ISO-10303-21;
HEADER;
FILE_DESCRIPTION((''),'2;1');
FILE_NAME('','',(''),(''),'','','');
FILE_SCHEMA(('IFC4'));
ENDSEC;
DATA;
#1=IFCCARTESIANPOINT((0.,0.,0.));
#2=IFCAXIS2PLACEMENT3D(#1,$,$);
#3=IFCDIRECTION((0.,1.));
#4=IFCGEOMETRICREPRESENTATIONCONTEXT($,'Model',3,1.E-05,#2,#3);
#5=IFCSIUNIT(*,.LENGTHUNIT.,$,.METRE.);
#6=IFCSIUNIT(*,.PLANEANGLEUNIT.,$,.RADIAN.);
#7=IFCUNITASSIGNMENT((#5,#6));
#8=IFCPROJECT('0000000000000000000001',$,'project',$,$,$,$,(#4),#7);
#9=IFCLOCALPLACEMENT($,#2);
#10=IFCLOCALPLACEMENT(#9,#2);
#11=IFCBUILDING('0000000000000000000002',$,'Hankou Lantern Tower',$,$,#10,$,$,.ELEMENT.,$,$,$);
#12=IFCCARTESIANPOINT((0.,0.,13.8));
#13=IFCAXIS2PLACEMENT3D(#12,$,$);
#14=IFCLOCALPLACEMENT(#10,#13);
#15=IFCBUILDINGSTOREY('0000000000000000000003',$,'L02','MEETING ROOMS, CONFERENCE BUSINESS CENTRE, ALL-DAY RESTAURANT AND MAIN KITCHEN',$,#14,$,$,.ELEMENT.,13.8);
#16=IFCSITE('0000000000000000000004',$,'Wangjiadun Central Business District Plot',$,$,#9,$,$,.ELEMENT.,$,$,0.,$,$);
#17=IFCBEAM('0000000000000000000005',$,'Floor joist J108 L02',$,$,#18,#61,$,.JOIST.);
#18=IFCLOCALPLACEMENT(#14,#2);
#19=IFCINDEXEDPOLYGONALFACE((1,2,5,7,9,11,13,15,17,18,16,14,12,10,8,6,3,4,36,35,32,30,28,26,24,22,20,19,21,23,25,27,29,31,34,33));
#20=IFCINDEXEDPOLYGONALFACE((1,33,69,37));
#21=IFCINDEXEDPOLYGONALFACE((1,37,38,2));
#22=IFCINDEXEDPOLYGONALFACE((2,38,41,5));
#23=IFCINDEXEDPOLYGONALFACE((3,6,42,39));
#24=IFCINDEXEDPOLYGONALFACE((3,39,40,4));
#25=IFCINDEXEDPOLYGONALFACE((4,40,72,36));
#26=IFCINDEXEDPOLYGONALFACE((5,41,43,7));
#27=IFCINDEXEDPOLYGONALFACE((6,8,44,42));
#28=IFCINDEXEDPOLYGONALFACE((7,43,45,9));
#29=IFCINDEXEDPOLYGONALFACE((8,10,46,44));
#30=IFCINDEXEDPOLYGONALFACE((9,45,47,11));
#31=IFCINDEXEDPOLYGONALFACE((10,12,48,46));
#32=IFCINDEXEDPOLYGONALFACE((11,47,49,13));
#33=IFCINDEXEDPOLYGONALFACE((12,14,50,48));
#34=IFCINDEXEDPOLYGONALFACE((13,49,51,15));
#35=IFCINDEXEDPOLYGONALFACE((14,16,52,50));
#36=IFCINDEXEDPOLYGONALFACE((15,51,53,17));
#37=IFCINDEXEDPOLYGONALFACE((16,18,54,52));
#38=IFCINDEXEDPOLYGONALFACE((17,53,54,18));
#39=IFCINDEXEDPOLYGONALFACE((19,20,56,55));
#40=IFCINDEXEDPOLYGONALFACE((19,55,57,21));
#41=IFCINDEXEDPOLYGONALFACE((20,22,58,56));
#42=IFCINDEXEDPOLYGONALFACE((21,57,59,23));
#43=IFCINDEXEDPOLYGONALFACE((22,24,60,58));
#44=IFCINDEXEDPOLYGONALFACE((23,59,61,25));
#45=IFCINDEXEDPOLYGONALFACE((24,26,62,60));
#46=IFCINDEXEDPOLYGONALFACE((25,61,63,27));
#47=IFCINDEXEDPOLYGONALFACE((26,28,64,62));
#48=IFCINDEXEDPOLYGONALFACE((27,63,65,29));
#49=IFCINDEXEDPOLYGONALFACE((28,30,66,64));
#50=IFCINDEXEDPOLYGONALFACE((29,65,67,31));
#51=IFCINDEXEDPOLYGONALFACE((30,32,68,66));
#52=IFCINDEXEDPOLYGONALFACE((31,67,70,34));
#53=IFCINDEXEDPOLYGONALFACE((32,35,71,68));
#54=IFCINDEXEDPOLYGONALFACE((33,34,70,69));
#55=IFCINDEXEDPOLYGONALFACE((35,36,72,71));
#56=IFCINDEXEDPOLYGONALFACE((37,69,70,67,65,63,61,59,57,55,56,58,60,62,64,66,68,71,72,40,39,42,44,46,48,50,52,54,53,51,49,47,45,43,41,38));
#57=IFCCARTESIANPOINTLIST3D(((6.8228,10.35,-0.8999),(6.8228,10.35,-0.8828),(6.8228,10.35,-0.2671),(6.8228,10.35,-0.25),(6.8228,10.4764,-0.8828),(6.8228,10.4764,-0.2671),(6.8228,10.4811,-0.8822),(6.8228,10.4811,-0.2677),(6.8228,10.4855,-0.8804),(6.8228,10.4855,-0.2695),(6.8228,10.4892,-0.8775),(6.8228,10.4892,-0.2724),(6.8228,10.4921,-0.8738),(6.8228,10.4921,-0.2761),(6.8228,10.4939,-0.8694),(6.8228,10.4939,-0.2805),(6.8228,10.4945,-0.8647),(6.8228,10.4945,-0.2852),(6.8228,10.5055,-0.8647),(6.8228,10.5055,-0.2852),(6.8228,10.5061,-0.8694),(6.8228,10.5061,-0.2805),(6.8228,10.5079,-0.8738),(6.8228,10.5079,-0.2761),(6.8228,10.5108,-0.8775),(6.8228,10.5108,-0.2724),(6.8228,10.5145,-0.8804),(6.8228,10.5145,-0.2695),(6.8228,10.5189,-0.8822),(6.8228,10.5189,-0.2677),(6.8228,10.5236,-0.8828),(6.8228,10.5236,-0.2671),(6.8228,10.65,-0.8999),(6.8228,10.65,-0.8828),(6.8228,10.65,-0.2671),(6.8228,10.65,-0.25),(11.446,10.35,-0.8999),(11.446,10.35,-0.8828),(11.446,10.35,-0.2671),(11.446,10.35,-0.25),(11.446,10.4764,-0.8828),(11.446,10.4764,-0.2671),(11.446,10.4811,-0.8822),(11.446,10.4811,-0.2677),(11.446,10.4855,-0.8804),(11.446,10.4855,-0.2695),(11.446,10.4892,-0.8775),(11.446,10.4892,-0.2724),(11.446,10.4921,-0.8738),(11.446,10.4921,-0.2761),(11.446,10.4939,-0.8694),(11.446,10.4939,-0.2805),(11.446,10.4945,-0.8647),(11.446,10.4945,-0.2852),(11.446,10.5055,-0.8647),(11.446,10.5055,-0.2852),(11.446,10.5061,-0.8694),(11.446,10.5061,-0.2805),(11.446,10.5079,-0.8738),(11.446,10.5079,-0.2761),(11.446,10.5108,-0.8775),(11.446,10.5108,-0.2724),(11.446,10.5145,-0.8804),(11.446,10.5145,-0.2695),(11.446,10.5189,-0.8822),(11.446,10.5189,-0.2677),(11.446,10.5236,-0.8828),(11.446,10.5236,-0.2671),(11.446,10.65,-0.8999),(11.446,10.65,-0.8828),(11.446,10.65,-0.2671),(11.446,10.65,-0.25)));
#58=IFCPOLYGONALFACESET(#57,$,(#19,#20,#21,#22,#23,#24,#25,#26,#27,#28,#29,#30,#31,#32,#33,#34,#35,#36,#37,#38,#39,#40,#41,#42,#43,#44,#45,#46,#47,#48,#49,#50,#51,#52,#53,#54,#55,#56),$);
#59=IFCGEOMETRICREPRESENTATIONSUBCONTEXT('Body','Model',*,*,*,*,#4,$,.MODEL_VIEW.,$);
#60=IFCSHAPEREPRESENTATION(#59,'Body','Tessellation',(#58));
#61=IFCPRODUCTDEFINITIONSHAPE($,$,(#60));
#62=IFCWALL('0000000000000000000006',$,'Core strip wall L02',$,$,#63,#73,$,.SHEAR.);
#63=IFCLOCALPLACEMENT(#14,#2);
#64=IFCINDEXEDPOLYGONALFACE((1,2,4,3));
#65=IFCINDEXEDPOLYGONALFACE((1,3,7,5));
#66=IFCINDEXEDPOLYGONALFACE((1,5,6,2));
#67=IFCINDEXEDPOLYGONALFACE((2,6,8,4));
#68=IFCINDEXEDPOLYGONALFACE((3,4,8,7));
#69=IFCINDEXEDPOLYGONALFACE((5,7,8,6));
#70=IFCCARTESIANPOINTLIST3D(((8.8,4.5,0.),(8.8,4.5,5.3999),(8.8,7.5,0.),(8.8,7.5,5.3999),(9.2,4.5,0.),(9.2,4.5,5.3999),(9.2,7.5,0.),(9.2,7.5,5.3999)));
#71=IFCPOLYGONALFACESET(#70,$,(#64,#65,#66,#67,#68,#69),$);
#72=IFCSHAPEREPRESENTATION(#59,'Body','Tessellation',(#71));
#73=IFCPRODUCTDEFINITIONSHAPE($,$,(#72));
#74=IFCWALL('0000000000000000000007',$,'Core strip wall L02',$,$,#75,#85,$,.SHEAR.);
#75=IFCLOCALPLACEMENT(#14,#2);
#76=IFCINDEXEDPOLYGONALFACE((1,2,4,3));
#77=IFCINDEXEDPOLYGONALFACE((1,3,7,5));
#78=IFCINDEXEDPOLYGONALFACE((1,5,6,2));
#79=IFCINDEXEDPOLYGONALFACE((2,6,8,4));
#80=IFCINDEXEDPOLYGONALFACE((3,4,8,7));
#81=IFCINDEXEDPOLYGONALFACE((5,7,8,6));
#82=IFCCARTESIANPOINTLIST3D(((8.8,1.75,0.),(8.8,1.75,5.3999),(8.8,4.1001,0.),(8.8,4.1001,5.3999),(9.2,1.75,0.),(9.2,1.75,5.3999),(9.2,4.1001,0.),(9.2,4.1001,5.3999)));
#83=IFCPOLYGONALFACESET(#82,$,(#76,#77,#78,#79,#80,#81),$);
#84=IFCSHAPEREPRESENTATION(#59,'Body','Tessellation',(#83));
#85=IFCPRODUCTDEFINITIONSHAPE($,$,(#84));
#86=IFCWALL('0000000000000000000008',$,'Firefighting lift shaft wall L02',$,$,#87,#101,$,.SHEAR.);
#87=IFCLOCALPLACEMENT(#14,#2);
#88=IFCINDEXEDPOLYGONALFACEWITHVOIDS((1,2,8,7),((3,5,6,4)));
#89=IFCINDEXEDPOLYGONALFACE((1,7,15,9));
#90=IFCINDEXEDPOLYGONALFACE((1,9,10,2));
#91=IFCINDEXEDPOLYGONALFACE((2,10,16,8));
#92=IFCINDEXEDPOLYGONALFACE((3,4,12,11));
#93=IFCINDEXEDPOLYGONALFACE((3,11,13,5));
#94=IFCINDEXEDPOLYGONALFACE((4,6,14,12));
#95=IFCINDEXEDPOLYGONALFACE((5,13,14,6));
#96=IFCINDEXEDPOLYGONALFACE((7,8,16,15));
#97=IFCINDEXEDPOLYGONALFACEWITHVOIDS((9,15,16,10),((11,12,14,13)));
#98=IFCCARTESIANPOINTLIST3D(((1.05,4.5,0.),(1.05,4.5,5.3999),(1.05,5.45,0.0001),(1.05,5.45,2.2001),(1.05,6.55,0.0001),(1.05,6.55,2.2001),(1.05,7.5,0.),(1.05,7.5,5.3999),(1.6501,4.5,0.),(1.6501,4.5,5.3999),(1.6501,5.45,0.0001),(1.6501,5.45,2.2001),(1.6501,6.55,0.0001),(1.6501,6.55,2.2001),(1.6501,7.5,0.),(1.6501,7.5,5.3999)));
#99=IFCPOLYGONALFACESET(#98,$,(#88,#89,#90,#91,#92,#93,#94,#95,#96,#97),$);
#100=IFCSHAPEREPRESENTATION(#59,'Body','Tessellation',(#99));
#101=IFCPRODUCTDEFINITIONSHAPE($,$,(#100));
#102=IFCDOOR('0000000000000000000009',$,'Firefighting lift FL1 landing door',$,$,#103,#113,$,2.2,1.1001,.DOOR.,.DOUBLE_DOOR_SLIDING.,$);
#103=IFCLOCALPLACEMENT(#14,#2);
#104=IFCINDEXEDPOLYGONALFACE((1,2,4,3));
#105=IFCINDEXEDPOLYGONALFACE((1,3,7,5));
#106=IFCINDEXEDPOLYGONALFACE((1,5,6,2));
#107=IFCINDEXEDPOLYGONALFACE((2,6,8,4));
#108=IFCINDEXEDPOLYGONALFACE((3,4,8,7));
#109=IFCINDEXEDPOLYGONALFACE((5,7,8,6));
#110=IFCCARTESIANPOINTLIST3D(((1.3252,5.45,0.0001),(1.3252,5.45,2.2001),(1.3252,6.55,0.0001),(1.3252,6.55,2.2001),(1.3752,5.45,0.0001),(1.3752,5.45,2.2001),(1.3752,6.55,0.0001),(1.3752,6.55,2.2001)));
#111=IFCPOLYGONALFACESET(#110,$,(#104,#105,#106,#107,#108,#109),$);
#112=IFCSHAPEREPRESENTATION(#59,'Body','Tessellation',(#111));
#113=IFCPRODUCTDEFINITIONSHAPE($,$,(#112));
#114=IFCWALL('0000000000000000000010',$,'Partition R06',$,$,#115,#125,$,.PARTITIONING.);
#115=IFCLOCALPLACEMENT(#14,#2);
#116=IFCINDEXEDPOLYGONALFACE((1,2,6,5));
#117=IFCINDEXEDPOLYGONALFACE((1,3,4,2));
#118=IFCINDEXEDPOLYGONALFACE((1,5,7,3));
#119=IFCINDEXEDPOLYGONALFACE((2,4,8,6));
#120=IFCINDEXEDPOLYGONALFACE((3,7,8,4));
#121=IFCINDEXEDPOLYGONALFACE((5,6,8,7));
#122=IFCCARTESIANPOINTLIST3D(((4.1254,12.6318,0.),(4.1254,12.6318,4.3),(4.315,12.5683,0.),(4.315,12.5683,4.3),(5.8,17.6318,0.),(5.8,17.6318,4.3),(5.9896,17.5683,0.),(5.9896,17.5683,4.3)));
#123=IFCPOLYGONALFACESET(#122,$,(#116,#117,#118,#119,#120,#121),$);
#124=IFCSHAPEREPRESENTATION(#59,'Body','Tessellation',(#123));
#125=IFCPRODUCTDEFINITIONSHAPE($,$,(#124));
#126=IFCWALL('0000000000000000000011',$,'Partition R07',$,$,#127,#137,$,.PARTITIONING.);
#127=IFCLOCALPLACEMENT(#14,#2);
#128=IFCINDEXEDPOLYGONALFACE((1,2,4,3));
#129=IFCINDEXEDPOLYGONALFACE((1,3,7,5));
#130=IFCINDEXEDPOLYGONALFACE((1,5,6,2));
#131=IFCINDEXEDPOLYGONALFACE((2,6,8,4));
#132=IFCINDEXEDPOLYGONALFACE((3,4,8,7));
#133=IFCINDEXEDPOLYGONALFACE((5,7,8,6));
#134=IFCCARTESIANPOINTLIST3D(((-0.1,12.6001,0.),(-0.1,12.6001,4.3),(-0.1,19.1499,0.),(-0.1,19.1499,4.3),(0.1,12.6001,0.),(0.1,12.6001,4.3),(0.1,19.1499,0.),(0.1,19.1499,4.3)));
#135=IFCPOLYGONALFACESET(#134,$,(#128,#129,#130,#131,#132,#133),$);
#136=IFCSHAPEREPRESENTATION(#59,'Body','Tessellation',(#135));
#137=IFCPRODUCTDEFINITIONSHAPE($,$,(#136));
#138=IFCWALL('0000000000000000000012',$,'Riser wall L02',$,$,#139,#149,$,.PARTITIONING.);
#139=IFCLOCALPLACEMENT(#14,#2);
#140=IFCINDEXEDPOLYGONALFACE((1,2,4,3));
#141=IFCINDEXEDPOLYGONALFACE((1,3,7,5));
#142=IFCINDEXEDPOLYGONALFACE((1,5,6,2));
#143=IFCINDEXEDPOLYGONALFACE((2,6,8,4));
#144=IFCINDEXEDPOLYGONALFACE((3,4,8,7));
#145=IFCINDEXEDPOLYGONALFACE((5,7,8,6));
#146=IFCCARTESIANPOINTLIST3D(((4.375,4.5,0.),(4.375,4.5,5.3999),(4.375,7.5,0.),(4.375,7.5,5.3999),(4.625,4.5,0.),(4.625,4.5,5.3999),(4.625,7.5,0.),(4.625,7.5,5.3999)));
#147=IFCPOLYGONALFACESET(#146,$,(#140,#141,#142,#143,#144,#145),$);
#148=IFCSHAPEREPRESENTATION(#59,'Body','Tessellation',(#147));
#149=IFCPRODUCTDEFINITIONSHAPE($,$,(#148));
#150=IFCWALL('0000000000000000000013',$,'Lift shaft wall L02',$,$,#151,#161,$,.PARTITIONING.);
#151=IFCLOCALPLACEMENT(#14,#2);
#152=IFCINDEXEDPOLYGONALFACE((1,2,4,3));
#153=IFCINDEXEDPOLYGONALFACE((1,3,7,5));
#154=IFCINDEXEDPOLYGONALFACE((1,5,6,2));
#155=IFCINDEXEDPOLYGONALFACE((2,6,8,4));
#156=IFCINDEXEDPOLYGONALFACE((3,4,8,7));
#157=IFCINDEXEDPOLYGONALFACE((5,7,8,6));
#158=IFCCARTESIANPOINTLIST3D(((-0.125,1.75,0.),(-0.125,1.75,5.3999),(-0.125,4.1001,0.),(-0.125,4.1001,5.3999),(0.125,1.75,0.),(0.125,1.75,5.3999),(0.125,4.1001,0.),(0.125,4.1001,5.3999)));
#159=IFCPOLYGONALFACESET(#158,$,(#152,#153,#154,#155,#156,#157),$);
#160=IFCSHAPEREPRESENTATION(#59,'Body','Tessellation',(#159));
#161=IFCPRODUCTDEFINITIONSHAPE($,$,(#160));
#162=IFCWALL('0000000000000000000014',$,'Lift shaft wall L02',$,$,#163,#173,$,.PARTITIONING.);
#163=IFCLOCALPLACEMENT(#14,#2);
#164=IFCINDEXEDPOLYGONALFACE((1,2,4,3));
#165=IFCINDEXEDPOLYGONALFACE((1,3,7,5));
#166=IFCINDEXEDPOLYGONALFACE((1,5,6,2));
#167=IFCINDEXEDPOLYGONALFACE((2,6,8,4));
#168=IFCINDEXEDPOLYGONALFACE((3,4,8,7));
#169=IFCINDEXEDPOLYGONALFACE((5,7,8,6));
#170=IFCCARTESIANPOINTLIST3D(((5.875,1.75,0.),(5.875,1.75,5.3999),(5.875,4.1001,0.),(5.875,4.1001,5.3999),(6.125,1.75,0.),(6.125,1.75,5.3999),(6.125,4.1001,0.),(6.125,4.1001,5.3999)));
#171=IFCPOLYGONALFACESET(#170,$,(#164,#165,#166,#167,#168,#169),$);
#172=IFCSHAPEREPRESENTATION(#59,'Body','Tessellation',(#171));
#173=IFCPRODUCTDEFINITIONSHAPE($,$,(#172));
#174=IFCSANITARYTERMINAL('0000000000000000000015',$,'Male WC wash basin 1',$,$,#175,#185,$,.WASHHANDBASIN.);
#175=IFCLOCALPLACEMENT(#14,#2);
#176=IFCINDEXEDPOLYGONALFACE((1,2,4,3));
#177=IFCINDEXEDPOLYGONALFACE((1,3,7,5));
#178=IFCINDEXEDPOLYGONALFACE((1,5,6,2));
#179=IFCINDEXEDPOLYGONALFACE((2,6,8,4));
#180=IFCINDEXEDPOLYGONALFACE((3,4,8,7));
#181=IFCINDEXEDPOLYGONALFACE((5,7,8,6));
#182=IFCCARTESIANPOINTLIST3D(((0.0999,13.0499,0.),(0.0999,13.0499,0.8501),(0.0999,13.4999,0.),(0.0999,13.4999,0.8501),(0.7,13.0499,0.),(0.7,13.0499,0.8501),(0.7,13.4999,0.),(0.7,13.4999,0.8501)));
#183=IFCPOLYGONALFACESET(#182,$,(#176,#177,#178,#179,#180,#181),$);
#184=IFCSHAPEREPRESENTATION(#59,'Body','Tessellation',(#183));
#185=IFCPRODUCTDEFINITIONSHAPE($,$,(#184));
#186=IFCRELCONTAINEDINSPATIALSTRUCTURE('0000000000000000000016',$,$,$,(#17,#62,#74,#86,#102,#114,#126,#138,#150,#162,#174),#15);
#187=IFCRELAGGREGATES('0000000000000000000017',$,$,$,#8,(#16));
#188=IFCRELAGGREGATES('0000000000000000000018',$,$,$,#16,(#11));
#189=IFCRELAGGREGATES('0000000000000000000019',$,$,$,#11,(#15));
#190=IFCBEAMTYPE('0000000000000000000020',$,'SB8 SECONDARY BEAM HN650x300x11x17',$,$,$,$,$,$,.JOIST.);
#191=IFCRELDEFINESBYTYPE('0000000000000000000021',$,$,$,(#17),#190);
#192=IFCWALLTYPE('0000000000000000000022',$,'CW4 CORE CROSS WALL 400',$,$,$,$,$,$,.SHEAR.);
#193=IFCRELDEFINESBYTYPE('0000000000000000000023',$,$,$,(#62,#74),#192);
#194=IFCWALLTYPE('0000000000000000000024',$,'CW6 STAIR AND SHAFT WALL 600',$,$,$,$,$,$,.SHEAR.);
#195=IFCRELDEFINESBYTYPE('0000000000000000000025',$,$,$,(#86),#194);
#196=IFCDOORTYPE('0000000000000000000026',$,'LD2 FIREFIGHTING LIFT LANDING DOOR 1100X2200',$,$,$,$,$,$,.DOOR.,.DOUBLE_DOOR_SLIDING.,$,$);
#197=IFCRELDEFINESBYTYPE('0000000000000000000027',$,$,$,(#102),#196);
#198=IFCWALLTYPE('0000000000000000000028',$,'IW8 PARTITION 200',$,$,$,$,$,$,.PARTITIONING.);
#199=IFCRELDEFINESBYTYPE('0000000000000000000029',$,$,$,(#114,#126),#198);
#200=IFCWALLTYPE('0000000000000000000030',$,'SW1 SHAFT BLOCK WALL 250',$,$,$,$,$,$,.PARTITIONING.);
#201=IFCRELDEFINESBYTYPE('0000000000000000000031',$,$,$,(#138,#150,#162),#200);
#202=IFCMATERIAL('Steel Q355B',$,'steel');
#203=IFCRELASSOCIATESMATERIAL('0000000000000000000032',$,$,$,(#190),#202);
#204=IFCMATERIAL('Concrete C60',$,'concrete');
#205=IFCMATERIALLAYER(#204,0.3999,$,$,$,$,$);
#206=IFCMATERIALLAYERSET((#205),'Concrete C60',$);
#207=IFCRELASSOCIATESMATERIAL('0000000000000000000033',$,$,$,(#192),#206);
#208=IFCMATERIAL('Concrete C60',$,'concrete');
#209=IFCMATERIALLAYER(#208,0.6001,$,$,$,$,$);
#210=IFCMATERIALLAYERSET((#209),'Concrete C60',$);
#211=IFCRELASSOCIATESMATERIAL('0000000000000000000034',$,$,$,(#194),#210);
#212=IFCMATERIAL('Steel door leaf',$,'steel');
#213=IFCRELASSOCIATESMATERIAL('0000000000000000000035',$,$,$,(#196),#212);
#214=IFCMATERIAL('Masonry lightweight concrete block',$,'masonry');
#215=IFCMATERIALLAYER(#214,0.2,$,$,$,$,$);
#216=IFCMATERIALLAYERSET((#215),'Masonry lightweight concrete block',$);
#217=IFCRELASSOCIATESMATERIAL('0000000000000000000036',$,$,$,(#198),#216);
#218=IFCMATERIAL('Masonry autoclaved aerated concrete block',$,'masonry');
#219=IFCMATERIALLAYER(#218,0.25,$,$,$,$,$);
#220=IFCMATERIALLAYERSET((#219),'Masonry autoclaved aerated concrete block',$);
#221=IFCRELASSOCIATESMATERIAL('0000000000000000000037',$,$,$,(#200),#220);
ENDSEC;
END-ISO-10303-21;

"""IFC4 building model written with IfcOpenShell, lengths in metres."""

from ifc_helpers import new_model, si_unit, direction, frame, frame_2d, origin, origin_2d, place, context, subcontext, project, spatial, rectangle, i_section, extrude, material, layer, layer_set, material_profile, profile_set, type_object, element, fill, save


model = new_model("IFC4")

# Units and contexts
model_context = context("Model", 3, precision=1e-05, world=origin(), true_north=direction((0.0, 1.0)))
body_context = subcontext(model_context, "Body", "Model", "MODEL_VIEW")
ifc_project = project(units=[si_unit("LENGTHUNIT", "METRE"), si_unit("PLANEANGLEUNIT", "RADIAN")], contexts=[model_context])

# Site, building, storey
site_placement = place(None, origin())
site = spatial("IfcSite", under=ifc_project, at=site_placement, Name="Wangjiadun Central Business District Plot", CompositionType="ELEMENT", RefElevation=0.0)
building_placement = place(site_placement, origin())
building = spatial("IfcBuilding", under=site, at=building_placement, Name="Hankou Lantern Tower", CompositionType="ELEMENT")
storey_placement = place(building_placement, frame((0.0, 0.0, 13.8)))
storey = spatial("IfcBuildingStorey", under=building, at=storey_placement, Name="L02", Description="MEETING ROOMS, CONFERENCE BUSINESS CENTRE, ALL-DAY RESTAURANT AND MAIN KITCHEN", CompositionType="ELEMENT", Elevation=13.8)

# Beam
ifc_material_1 = material(Name="Steel Q355B", Category="steel")
ifc_material_profile_1 = material_profile(ifc_material_1, i_section(OverallWidth=0.3, OverallDepth=0.6499, WebThickness=0.011, FlangeThickness=0.0171, FilletRadius=0.0181, at=origin_2d()), Name="HN650x300x11x17")
ifc_profile_set_1 = profile_set([ifc_material_profile_1], Name="Steel Q355B")
beam_type_1 = type_object("IfcBeamType", Name="SB8 SECONDARY BEAM HN650x300x11x17", PredefinedType="JOIST", material=ifc_profile_set_1)
beam_1_placement = place(storey_placement, frame((6.8228, 10.5, -0.575), z_axis=(1.0, 0.0, 0.0), x_axis=(0.0, 1.0, 0.0)))
element("IfcBeam", 1, at=beam_1_placement, inside=storey, type_object=beam_type_1, Name="Floor joist J108 L02", PredefinedType="JOIST", context=body_context, shape_type="SweptSolid", body=[
    extrude(i_section(OverallWidth=0.3, OverallDepth=0.6499, WebThickness=0.011, FlangeThickness=0.0171, FilletRadius=0.0181, at=origin_2d()), origin(), (0.0, 0.0, 1.0), 4.6233),
])

# Walls
ifc_material_2 = material(Name="Concrete C60", Category="concrete")
ifc_layer_1 = layer(ifc_material_2, 0.3999)
ifc_layer_set_1 = layer_set([ifc_layer_1], Name="Concrete C60")
wall_type_1 = type_object("IfcWallType", Name="CW4 CORE CROSS WALL 400", PredefinedType="SHEAR", material=ifc_layer_set_1)
wall_1_placement = place(storey_placement, frame((9.0, 4.5, 0.0), z_axis=(0.0, 0.0, 1.0), x_axis=(0.0, 1.0, 0.0)))
element("IfcWall", 2, at=wall_1_placement, inside=storey, type_object=wall_type_1, Name="Core strip wall L02", PredefinedType="SHEAR", context=body_context, shape_type="SweptSolid", body=[
    extrude(rectangle(XDim=3.0, YDim=0.3999, at=frame_2d((1.5, 0.0))), origin(), (0.0, 0.0, 1.0), 5.3999),
])
wall_2_placement = place(storey_placement, frame((9.0, 1.75, 0.0), z_axis=(0.0, 0.0, 1.0), x_axis=(0.0, 1.0, 0.0)))
element("IfcWall", 3, at=wall_2_placement, inside=storey, type_object=wall_type_1, Name="Core strip wall L02", PredefinedType="SHEAR", context=body_context, shape_type="SweptSolid", body=[
    extrude(rectangle(XDim=2.3501, YDim=0.3999, at=frame_2d((1.175, 0.0))), origin(), (0.0, 0.0, 1.0), 5.3999),
])

# Wall, opening, door
ifc_material_3 = material(Name="Concrete C60", Category="concrete")
ifc_layer_2 = layer(ifc_material_3, 0.6001)
ifc_layer_set_2 = layer_set([ifc_layer_2], Name="Concrete C60")
wall_type_2 = type_object("IfcWallType", Name="CW6 STAIR AND SHAFT WALL 600", PredefinedType="SHEAR", material=ifc_layer_set_2)
wall_3_placement = place(storey_placement, frame((1.3501, 4.5, 0.0), z_axis=(0.0, 0.0, 1.0), x_axis=(0.0, 1.0, 0.0)))
wall_3 = element("IfcWall", 4, at=wall_3_placement, inside=storey, type_object=wall_type_2, Name="Firefighting lift shaft wall L02", PredefinedType="SHEAR", context=body_context, shape_type="SweptSolid", body=[
    extrude(rectangle(XDim=3.0, YDim=0.6001, at=frame_2d((1.5, 0.0))), origin(), (0.0, 0.0, 1.0), 5.3999),
])
opening_placement = place(wall_3_placement, frame((0.95, 0.0, 0.0)))
opening = element("IfcOpeningElement", 5, at=opening_placement, cuts=wall_3, PredefinedType="OPENING", context=body_context, shape_type="SweptSolid", body=[
    extrude(rectangle(XDim=1.1001, YDim=2.2, at=frame_2d((0.55, 1.1001))), frame((0.0, 0.3101, 0.0), z_axis=(0.0, -1.0, 0.0), x_axis=(1.0, 0.0, 0.0)), (0.0, 0.0, 1.0), 0.6201),
])
ifc_material_4 = material(Name="Steel door leaf", Category="steel")
door_type = type_object("IfcDoorType", Name="LD2 FIREFIGHTING LIFT LANDING DOOR 1100X2200", OperationType="DOUBLE_DOOR_SLIDING", PredefinedType="DOOR", material=ifc_material_4)
door_placement = place(opening_placement, origin())
door = element("IfcDoor", 6, at=door_placement, inside=storey, type_object=door_type, Name="Firefighting lift FL1 landing door", OperationType="DOUBLE_DOOR_SLIDING", OverallHeight=2.2, OverallWidth=1.1001, PredefinedType="DOOR", context=body_context, shape_type="SweptSolid", body=[
    extrude(rectangle(XDim=1.1001, YDim=2.2, at=frame_2d((0.55, 1.1001))), frame((0.0, 0.0249, 0.0), z_axis=(0.0, -1.0, 0.0), x_axis=(1.0, 0.0, 0.0)), (0.0, 0.0, 1.0), 0.05),
])
fill(opening, door)

# Walls
ifc_material_5 = material(Name="Masonry lightweight concrete block", Category="masonry")
ifc_layer_3 = layer(ifc_material_5, 0.2)
ifc_layer_set_3 = layer_set([ifc_layer_3], Name="Masonry lightweight concrete block")
wall_type_3 = type_object("IfcWallType", Name="IW8 PARTITION 200", PredefinedType="PARTITIONING", material=ifc_layer_set_3)
wall_4_placement = place(storey_placement, frame((4.2202, 12.6001, 0.0), z_axis=(0.0, 0.0, 1.0), x_axis=(0.317575, 0.948233, 0.0)))
element("IfcWall", 7, at=wall_4_placement, inside=storey, type_object=wall_type_3, Name="Partition R06", PredefinedType="PARTITIONING", context=body_context, shape_type="SweptSolid", body=[
    extrude(rectangle(XDim=5.2729, YDim=0.2, at=frame_2d((2.6365, 0.0))), origin(), (0.0, 0.0, 1.0), 4.3),
])
wall_5_placement = place(storey_placement, frame((0.0, 12.6001, 0.0), z_axis=(0.0, 0.0, 1.0), x_axis=(0.0, 1.0, 0.0)))
element("IfcWall", 8, at=wall_5_placement, inside=storey, type_object=wall_type_3, Name="Partition R07", PredefinedType="PARTITIONING", context=body_context, shape_type="SweptSolid", body=[
    extrude(rectangle(XDim=6.5498, YDim=0.2, at=frame_2d((3.2749, 0.0))), origin(), (0.0, 0.0, 1.0), 4.3),
])
ifc_material_6 = material(Name="Masonry autoclaved aerated concrete block", Category="masonry")
ifc_layer_4 = layer(ifc_material_6, 0.25)
ifc_layer_set_4 = layer_set([ifc_layer_4], Name="Masonry autoclaved aerated concrete block")
wall_type_4 = type_object("IfcWallType", Name="SW1 SHAFT BLOCK WALL 250", PredefinedType="PARTITIONING", material=ifc_layer_set_4)
wall_6_placement = place(storey_placement, frame((4.5, 4.5, 0.0), z_axis=(0.0, 0.0, 1.0), x_axis=(0.0, 1.0, 0.0)))
element("IfcWall", 9, at=wall_6_placement, inside=storey, type_object=wall_type_4, Name="Riser wall L02", PredefinedType="PARTITIONING", context=body_context, shape_type="SweptSolid", body=[
    extrude(rectangle(XDim=3.0, YDim=0.25, at=frame_2d((1.5, 0.0))), origin(), (0.0, 0.0, 1.0), 5.3999),
])
for number, where, z_axis, x_axis, name in (
    (10, (0.0, 1.75, 0.0), (0.0, 0.0, 1.0), (0.0, 1.0, 0.0), "Lift shaft wall L02"),
    (11, (6.0, 1.75, 0.0), (0.0, 0.0, 1.0), (0.0, 1.0, 0.0), "Lift shaft wall L02"),
):
    element("IfcWall", number, at=place(storey_placement, frame(where, z_axis=z_axis, x_axis=x_axis)), inside=storey, type_object=wall_type_4, Name=name, PredefinedType="PARTITIONING", context=body_context, shape_type="SweptSolid", body=[
        extrude(rectangle(XDim=2.3501, YDim=0.25, at=frame_2d((1.175, 0.0))), origin(), (0.0, 0.0, 1.0), 5.3999),
    ])

# Sanitary terminal
for number, where, z_axis, x_axis, name in (
    (12, (0.3999, 13.2749, 0.0), (0.0, 0.0, 1.0), (1.0, 0.0, 0.0), "Male WC wash basin 1"),
):
    element("IfcSanitaryTerminal", number, at=place(storey_placement, frame(where, z_axis=z_axis, x_axis=x_axis)), inside=storey, Name=name, PredefinedType="WASHHANDBASIN", context=body_context, shape_type="SweptSolid", body=[
        extrude(rectangle(XDim=0.6001, YDim=0.45, at=origin_2d()), origin(), (0.0, 0.0, 1.0), 0.8501),
    ])

save(model, "model.ifc")
